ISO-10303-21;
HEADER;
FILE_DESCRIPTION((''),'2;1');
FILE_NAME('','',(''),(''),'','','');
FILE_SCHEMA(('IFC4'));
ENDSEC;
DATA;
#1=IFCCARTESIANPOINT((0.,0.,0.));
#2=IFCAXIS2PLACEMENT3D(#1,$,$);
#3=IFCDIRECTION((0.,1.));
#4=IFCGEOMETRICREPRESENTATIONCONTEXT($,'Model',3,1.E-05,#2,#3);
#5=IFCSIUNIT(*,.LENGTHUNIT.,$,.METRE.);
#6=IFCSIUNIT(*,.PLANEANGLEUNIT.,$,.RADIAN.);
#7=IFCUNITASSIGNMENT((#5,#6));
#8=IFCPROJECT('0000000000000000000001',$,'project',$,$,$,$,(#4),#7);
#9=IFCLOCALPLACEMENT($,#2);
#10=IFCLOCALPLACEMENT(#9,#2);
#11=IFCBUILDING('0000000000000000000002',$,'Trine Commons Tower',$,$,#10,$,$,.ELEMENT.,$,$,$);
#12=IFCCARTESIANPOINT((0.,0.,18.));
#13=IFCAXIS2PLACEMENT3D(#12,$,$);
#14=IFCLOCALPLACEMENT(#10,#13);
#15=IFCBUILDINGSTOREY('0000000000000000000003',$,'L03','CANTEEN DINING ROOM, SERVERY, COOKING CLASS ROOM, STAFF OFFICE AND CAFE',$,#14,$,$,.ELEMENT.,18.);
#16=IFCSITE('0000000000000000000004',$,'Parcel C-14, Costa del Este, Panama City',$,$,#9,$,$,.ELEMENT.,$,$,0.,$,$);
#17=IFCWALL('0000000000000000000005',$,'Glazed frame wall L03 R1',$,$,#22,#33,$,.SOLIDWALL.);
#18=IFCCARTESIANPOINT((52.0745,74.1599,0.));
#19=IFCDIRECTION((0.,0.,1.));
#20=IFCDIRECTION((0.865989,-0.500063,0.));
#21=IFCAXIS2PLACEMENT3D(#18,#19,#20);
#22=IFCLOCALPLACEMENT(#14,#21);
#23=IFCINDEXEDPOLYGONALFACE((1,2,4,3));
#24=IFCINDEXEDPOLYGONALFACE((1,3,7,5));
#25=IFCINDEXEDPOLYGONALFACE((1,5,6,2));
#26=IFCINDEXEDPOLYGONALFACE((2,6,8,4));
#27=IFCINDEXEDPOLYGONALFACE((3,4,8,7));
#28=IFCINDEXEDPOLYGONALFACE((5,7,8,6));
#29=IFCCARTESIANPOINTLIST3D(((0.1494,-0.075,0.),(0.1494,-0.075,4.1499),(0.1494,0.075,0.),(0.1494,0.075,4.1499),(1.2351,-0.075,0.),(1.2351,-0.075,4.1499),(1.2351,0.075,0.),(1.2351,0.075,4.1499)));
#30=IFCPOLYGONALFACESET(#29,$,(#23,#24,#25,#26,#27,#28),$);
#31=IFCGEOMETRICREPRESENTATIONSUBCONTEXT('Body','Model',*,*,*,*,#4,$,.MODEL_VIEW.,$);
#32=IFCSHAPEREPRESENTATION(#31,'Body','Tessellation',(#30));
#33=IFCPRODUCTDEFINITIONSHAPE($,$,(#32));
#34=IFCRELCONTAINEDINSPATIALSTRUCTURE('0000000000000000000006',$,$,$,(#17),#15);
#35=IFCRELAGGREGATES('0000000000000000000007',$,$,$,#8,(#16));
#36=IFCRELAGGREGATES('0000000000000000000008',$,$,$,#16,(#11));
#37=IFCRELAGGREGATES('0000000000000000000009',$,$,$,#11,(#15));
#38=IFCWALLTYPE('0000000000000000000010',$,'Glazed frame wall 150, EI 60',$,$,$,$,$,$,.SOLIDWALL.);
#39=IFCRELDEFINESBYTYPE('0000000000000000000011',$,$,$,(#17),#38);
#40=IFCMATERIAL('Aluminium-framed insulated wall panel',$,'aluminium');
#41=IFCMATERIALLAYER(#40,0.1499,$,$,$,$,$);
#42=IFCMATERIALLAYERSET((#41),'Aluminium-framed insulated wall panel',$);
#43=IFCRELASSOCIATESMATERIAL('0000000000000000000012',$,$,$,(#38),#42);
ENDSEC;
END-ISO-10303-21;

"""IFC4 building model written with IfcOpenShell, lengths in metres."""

from ifc_helpers import new_model, si_unit, direction, frame, origin, place, context, subcontext, project, spatial, polyline, outline, extrude, material, layer, layer_set, type_object, element, save


model = new_model("IFC4")

# Units and contexts
model_context = context("Model", 3, precision=1e-05, world=origin(), true_north=direction((0.0, 1.0)))
body_context = subcontext(model_context, "Body", "Model", "MODEL_VIEW")
ifc_project = project(units=[si_unit("LENGTHUNIT", "METRE"), si_unit("PLANEANGLEUNIT", "RADIAN")], contexts=[model_context])

# Site, building, storey
site_placement = place(None, origin())
site = spatial("IfcSite", under=ifc_project, at=site_placement, Name="Parcel C-14, Costa del Este, Panama City", CompositionType="ELEMENT", RefElevation=0.0)
building_placement = place(site_placement, origin())
building = spatial("IfcBuilding", under=site, at=building_placement, Name="Trine Commons Tower", CompositionType="ELEMENT")
storey_placement = place(building_placement, frame((0.0, 0.0, 18.0)))
storey = spatial("IfcBuildingStorey", under=building, at=storey_placement, Name="L03", Description="CANTEEN DINING ROOM, SERVERY, COOKING CLASS ROOM, STAFF OFFICE AND CAFE", CompositionType="ELEMENT", Elevation=18.0)

# Wall
ifc_material_1 = material(Name="Aluminium-framed insulated wall panel", Category="aluminium")
ifc_layer_1 = layer(ifc_material_1, 0.1499)
ifc_layer_set_1 = layer_set([ifc_layer_1], Name="Aluminium-framed insulated wall panel")
wall_type_1 = type_object("IfcWallType", Name="Glazed frame wall 150, EI 60", PredefinedType="SOLIDWALL", material=ifc_layer_set_1)
wall_1_placement = place(storey_placement, frame((52.0745, 74.1599, 0.0), z_axis=(0.0, 0.0, 1.0), x_axis=(0.865989, -0.500063, 0.0)))
element("IfcWall", 1, at=wall_1_placement, inside=storey, type_object=wall_type_1, Name="Glazed frame wall L03 R1", PredefinedType="SOLIDWALL", context=body_context, shape_type="SweptSolid", body=[
    extrude(outline(polyline([(0.1494, 0.075), (0.1494, -0.075), (1.2351, -0.075), (1.2351, 0.075), (0.1494, 0.075)])), origin(), (0.0, 0.0, 1.0), 4.1499),
])

save(model, "model.ifc")
